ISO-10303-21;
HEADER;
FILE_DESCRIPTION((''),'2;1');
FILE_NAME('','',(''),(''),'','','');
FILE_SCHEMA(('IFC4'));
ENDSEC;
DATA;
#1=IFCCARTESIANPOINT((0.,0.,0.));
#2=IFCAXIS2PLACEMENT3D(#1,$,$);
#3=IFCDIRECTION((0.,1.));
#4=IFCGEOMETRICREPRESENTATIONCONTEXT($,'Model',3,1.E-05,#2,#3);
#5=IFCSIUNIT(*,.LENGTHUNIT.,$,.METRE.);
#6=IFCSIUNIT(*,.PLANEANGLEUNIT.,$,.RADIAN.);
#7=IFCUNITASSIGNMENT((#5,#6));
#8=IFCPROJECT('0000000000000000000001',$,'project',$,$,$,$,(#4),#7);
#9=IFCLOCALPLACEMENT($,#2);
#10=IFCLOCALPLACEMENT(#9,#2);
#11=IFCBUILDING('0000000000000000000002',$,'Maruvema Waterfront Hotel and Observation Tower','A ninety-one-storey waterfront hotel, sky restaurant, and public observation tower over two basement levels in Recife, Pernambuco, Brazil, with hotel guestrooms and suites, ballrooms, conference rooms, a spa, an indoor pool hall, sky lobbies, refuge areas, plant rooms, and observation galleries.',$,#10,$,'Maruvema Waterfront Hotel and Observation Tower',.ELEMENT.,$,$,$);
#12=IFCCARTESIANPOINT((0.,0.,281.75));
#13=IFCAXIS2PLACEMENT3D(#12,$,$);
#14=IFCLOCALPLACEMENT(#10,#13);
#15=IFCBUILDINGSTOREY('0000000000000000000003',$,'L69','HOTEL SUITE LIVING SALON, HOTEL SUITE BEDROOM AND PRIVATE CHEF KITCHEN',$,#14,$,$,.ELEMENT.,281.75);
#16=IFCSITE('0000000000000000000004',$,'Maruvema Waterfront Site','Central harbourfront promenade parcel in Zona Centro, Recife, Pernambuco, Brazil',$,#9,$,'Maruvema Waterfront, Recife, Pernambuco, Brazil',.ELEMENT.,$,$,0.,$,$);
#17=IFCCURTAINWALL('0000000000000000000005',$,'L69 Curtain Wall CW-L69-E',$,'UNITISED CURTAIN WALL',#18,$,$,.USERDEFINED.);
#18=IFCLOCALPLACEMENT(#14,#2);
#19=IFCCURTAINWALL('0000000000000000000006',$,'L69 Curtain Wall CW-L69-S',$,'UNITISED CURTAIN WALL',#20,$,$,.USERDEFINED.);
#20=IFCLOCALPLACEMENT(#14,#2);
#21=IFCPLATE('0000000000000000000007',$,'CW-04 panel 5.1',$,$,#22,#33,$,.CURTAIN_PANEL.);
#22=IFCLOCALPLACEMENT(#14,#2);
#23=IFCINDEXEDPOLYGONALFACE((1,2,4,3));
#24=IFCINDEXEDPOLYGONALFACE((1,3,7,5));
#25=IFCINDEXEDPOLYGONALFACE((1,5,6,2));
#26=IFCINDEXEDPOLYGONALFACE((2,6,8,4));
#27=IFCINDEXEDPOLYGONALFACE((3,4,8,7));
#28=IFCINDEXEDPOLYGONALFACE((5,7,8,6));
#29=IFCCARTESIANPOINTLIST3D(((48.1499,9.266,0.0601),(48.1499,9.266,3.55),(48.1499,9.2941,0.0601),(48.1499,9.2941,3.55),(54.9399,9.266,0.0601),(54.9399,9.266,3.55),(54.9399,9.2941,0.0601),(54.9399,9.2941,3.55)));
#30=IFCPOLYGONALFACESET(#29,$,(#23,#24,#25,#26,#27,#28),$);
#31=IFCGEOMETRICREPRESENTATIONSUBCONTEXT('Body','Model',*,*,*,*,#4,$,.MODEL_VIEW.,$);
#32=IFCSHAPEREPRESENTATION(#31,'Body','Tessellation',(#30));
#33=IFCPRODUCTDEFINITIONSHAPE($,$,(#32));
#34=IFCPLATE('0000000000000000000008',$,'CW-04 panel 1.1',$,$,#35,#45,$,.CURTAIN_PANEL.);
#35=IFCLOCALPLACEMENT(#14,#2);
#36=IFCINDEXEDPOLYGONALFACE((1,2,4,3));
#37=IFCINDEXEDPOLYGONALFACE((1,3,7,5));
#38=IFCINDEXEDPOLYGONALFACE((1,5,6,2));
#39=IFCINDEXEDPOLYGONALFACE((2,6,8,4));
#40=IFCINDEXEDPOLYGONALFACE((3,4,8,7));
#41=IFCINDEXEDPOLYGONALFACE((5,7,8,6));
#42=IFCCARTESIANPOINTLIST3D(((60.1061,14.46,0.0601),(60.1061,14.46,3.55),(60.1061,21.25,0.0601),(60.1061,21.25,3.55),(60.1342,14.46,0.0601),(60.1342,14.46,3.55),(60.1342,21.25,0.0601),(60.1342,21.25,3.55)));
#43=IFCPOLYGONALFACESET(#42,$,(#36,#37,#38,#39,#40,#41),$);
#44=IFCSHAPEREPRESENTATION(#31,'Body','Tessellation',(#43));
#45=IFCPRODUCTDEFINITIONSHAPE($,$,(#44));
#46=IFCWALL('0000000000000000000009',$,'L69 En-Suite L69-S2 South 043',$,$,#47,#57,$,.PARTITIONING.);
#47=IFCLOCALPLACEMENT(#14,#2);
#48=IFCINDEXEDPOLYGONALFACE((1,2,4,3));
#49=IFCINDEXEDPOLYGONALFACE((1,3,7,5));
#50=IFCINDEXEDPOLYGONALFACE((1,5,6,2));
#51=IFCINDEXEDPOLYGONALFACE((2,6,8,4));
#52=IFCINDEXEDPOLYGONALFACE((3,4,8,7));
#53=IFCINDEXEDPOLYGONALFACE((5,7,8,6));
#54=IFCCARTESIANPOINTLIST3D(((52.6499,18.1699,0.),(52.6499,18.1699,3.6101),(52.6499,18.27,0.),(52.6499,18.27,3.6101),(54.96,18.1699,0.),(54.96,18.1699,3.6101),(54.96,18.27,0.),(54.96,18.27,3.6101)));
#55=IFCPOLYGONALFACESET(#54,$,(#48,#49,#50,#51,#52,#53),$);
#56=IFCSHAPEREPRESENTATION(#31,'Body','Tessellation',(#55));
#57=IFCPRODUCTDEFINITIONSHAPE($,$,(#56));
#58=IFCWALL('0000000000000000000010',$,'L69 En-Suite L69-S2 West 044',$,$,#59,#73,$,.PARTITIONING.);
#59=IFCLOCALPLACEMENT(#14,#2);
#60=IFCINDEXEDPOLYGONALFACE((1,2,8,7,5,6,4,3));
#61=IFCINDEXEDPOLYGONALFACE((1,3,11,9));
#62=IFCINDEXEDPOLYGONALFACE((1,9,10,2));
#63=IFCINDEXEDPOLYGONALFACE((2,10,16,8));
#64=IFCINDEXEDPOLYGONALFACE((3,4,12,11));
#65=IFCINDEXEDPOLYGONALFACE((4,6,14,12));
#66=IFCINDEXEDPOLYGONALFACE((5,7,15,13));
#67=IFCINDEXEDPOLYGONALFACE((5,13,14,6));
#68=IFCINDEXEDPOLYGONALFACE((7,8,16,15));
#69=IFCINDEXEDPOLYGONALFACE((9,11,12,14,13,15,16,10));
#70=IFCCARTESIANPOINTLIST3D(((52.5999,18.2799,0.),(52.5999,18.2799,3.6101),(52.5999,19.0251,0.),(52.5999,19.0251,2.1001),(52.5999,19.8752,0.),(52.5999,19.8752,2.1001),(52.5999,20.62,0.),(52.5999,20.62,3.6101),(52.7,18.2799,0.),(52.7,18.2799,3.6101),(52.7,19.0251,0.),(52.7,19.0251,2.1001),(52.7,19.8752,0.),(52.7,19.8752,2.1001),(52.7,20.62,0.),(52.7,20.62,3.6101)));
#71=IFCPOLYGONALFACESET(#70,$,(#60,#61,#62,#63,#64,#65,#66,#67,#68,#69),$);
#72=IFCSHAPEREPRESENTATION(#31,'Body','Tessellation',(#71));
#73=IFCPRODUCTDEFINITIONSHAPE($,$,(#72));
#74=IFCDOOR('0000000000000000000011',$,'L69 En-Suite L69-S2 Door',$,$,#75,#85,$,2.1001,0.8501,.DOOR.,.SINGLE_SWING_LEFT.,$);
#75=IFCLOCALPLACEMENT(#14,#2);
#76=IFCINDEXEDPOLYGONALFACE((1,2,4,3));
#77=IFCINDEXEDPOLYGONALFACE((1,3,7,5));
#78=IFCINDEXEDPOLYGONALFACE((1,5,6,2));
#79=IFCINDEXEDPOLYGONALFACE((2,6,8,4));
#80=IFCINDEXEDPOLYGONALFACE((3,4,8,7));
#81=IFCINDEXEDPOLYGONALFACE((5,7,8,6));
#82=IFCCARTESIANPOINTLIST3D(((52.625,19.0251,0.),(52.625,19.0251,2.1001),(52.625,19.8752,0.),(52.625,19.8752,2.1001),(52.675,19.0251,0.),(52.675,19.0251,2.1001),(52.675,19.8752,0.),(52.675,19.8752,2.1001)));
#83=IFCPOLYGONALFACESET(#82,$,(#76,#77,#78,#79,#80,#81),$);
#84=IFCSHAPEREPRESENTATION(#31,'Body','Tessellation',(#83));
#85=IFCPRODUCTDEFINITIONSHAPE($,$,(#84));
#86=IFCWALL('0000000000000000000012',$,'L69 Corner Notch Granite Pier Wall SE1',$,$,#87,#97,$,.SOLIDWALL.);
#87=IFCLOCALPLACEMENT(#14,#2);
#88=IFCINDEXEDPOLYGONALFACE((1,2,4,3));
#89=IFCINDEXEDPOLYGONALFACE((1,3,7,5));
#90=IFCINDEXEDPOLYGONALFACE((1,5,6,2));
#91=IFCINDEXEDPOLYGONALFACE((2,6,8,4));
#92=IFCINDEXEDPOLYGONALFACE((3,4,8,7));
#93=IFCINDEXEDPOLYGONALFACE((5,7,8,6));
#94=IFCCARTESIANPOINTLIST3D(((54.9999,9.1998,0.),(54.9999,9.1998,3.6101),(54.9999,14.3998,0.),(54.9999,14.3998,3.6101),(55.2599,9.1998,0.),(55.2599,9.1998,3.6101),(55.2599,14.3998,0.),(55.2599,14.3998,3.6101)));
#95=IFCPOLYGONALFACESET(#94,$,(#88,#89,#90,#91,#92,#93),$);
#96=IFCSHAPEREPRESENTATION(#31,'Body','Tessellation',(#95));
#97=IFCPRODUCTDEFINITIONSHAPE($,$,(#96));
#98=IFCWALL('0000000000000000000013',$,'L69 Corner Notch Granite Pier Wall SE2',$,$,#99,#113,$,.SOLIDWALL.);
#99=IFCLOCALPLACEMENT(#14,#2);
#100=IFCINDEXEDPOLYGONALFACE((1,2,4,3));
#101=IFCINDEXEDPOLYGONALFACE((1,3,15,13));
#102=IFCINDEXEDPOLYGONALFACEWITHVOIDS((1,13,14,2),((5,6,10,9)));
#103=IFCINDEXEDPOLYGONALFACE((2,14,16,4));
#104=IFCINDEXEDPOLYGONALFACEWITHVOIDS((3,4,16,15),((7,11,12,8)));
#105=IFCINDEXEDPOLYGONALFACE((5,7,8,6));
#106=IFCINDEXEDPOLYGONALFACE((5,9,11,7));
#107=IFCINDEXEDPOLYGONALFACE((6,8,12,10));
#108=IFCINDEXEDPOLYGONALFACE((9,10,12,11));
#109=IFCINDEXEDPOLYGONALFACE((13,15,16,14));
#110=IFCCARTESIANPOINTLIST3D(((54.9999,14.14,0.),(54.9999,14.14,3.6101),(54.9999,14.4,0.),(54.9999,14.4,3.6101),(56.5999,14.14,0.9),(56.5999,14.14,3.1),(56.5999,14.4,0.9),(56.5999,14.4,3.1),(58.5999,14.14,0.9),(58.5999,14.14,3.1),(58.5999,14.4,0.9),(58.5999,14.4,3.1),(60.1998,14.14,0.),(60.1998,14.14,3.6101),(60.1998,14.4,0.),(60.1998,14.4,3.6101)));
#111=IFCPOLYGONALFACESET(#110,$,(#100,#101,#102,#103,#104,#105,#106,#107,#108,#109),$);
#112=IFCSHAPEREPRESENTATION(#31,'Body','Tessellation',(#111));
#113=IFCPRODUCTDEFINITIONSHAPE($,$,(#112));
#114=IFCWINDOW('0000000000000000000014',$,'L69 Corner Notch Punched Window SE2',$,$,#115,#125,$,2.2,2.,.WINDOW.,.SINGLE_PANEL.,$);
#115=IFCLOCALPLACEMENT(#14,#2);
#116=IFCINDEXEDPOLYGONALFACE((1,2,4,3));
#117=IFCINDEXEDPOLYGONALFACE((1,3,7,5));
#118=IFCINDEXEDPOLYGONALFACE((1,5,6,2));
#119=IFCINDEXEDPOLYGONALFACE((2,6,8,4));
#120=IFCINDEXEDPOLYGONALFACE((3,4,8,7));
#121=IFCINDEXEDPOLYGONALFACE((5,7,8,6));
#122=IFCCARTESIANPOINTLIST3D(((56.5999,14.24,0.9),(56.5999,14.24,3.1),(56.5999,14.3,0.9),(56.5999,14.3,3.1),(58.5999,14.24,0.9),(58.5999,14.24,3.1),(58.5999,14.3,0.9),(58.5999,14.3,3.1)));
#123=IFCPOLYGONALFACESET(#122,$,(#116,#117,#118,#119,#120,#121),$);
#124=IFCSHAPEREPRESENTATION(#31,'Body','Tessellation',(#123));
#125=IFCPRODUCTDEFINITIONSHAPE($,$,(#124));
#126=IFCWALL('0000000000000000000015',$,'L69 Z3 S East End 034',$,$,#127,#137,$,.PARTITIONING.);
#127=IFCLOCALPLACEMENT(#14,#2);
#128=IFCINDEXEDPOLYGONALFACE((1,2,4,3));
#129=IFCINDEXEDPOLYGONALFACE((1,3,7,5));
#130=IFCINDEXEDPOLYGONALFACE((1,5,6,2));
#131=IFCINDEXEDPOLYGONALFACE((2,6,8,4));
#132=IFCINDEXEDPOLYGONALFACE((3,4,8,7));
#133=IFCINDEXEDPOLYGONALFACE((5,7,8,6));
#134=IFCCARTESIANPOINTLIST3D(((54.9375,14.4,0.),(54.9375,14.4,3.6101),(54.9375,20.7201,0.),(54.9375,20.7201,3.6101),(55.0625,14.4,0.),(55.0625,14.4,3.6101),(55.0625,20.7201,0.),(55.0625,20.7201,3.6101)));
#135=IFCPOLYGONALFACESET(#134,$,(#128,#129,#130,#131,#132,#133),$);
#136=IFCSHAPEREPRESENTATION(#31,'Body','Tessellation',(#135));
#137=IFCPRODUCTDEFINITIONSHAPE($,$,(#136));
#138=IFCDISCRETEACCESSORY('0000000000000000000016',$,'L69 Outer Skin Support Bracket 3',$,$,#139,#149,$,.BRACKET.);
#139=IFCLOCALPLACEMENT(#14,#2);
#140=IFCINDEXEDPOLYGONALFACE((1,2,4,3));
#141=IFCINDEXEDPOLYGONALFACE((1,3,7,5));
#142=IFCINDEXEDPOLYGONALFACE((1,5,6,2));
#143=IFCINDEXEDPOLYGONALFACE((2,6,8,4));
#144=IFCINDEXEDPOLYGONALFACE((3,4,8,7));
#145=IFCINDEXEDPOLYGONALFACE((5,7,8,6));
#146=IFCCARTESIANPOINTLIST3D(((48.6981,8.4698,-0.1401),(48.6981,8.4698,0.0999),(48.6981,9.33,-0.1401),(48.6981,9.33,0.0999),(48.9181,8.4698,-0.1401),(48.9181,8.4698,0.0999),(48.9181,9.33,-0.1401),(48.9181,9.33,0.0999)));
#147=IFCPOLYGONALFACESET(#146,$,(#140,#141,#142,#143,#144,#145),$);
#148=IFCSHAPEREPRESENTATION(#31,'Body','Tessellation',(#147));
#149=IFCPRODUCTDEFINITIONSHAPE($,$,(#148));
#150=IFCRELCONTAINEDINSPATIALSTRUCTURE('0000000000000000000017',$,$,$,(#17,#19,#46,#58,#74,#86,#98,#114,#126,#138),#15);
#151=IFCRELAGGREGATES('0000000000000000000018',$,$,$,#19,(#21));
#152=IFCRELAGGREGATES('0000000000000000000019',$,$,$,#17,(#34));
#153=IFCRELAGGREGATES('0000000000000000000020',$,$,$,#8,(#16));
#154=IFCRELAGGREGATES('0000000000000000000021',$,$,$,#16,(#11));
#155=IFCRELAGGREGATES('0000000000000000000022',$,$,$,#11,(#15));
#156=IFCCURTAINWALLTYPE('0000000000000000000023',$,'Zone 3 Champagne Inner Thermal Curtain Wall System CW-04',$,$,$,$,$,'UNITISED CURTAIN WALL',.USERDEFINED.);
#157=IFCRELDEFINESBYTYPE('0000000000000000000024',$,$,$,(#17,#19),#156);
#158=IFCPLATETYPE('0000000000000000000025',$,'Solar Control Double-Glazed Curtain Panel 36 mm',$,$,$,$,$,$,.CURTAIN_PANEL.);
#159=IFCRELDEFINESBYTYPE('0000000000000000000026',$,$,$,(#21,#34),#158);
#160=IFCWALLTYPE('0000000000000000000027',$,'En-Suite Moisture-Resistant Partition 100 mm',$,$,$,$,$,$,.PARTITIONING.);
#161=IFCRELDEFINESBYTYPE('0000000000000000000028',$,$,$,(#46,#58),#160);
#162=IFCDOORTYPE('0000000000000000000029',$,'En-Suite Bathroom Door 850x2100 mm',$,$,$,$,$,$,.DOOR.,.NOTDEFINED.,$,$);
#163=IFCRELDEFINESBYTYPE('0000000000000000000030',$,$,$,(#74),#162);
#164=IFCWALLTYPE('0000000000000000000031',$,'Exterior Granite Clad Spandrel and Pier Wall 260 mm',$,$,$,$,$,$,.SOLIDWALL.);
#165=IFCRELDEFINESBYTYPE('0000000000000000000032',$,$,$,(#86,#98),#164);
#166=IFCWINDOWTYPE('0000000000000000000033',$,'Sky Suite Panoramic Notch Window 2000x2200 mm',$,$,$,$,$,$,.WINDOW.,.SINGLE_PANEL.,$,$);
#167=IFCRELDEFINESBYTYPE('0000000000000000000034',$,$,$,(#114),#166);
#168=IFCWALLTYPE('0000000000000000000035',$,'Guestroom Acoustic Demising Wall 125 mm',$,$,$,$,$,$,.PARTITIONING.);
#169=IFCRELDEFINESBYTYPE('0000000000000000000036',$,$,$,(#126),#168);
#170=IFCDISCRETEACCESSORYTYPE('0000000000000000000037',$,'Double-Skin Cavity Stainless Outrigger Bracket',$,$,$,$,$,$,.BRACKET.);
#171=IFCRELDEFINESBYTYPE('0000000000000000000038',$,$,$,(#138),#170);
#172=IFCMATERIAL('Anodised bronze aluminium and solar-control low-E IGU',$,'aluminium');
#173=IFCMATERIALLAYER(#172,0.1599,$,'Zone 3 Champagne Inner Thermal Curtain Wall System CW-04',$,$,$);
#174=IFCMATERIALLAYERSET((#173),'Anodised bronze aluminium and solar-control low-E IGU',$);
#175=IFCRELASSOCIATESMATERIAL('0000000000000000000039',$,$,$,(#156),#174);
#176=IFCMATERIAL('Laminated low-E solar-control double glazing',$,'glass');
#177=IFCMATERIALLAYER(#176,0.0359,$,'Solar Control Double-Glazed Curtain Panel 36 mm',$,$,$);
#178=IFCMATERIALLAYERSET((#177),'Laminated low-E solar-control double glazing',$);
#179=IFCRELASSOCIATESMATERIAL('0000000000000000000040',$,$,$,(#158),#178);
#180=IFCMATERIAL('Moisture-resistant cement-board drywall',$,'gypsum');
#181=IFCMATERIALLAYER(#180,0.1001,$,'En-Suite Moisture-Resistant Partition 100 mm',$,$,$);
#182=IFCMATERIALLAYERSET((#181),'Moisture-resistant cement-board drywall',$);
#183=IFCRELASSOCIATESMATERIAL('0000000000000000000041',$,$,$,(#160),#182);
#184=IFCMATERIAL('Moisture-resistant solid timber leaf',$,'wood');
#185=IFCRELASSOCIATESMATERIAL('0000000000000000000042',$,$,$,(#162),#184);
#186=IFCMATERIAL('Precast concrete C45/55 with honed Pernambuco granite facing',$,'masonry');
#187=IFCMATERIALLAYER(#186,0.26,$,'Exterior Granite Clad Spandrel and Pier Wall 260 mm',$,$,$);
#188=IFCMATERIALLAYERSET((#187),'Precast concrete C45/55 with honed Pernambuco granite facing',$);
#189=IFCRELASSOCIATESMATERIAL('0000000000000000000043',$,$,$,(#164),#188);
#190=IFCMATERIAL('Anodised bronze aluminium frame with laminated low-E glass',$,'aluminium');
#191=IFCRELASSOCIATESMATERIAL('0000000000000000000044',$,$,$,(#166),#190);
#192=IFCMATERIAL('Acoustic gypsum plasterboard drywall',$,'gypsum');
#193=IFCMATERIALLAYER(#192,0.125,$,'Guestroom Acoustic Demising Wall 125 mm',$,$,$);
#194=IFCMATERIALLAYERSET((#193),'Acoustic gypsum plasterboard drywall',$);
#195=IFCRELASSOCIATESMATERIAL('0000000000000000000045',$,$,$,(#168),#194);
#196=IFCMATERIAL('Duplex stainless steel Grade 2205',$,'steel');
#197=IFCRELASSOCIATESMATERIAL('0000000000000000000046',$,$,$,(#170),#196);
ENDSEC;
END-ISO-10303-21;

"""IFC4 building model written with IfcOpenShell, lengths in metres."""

from ifc_helpers import new_model, si_unit, direction, frame, frame_2d, origin, origin_2d, place, context, subcontext, project, spatial, rectangle, extrude, material, layer, layer_set, type_object, element, fill, aggregate, save


model = new_model("IFC4")

# Units and contexts
model_context = context("Model", 3, precision=1e-05, world=origin(), true_north=direction((0.0, 1.0)))
body_context = subcontext(model_context, "Body", "Model", "MODEL_VIEW")
ifc_project = project(units=[si_unit("LENGTHUNIT", "METRE"), si_unit("PLANEANGLEUNIT", "RADIAN")], contexts=[model_context])

# Site, building, storey
site_placement = place(None, origin())
site = spatial("IfcSite", under=ifc_project, at=site_placement, Name="Maruvema Waterfront Site", Description="Central harbourfront promenade parcel in Zona Centro, Recife, Pernambuco, Brazil", LongName="Maruvema Waterfront, Recife, Pernambuco, Brazil", CompositionType="ELEMENT", RefElevation=0.0)
building_placement = place(site_placement, origin())
building = spatial("IfcBuilding", under=site, at=building_placement, Name="Maruvema Waterfront Hotel and Observation Tower", Description="A ninety-one-storey waterfront hotel, sky restaurant, and public observation tower over two basement levels in Recife, Pernambuco, Brazil, with hotel guestrooms and suites, ballrooms, conference rooms, a spa, an indoor pool hall, sky lobbies, refuge areas, plant rooms, and observation galleries.", LongName="Maruvema Waterfront Hotel and Observation Tower", CompositionType="ELEMENT")
storey_placement = place(building_placement, frame((0.0, 0.0, 281.75)))
storey = spatial("IfcBuildingStorey", under=building, at=storey_placement, Name="L69", Description="HOTEL SUITE LIVING SALON, HOTEL SUITE BEDROOM AND PRIVATE CHEF KITCHEN", CompositionType="ELEMENT", Elevation=281.75)

# Curtain wall
ifc_material_1 = material(Name="Anodised bronze aluminium and solar-control low-E IGU", Category="aluminium")
ifc_layer_1 = layer(ifc_material_1, 0.1599, Name="Zone 3 Champagne Inner Thermal Curtain Wall System CW-04")
ifc_layer_set_1 = layer_set([ifc_layer_1], Name="Anodised bronze aluminium and solar-control low-E IGU")
curtain_wall_type = type_object("IfcCurtainWallType", Name="Zone 3 Champagne Inner Thermal Curtain Wall System CW-04", ElementType="UNITISED CURTAIN WALL", PredefinedType="USERDEFINED", material=ifc_layer_set_1)
curtain_wall_1_placement = place(storey_placement, origin())
curtain_wall_1 = element("IfcCurtainWall", 1, at=curtain_wall_1_placement, inside=storey, type_object=curtain_wall_type, Name="L69 Curtain Wall CW-L69-E", ObjectType="UNITISED CURTAIN WALL", PredefinedType="USERDEFINED")

# Curtain wall
curtain_wall_2_placement = place(storey_placement, origin())
curtain_wall_2 = element("IfcCurtainWall", 2, at=curtain_wall_2_placement, inside=storey, type_object=curtain_wall_type, Name="L69 Curtain Wall CW-L69-S", ObjectType="UNITISED CURTAIN WALL", PredefinedType="USERDEFINED")

# Plates
ifc_material_2 = material(Name="Laminated low-E solar-control double glazing", Category="glass")
ifc_layer_2 = layer(ifc_material_2, 0.0359, Name="Solar Control Double-Glazed Curtain Panel 36 mm")
ifc_layer_set_2 = layer_set([ifc_layer_2], Name="Laminated low-E solar-control double glazing")
plate_type = type_object("IfcPlateType", Name="Solar Control Double-Glazed Curtain Panel 36 mm", PredefinedType="CURTAIN_PANEL", material=ifc_layer_set_2)
plate_1_placement = place(storey_placement, frame((51.5449, 9.28, 0.0601), z_axis=(0.0, 0.0, 1.0), x_axis=(1.0, 0.0, 0.0)))
plate_1 = element("IfcPlate", 3, at=plate_1_placement, type_object=plate_type, Name="CW-04 panel 5.1", PredefinedType="CURTAIN_PANEL", context=body_context, shape_type="SweptSolid", body=[
    extrude(rectangle(XDim=6.79, YDim=0.0281, at=origin_2d()), origin(), (0.0, 0.0, 1.0), 3.49),
])
aggregate(curtain_wall_2, [plate_1])
plate_2_placement = place(storey_placement, frame((60.1201, 17.855, 0.0601), z_axis=(0.0, 0.0, 1.0), x_axis=(0.0, 1.0, 0.0)))
plate_2 = element("IfcPlate", 4, at=plate_2_placement, type_object=plate_type, Name="CW-04 panel 1.1", PredefinedType="CURTAIN_PANEL", context=body_context, shape_type="SweptSolid", body=[
    extrude(rectangle(XDim=6.79, YDim=0.0281, at=origin_2d()), origin(), (0.0, 0.0, 1.0), 3.49),
])
aggregate(curtain_wall_1, [plate_2])

# Wall
ifc_material_3 = material(Name="Moisture-resistant cement-board drywall", Category="gypsum")
ifc_layer_3 = layer(ifc_material_3, 0.1001, Name="En-Suite Moisture-Resistant Partition 100 mm")
ifc_layer_set_3 = layer_set([ifc_layer_3], Name="Moisture-resistant cement-board drywall")
wall_type_1 = type_object("IfcWallType", Name="En-Suite Moisture-Resistant Partition 100 mm", PredefinedType="PARTITIONING", material=ifc_layer_set_3)
wall_1_placement = place(storey_placement, frame((52.6499, 18.22, 0.0), z_axis=(0.0, 0.0, 1.0), x_axis=(1.0, 0.0, 0.0)))
element("IfcWall", 5, at=wall_1_placement, inside=storey, type_object=wall_type_1, Name="L69 En-Suite L69-S2 South 043", PredefinedType="PARTITIONING", context=body_context, shape_type="SweptSolid", body=[
    extrude(rectangle(XDim=2.3101, YDim=0.1001, at=frame_2d((1.155, 0.0))), origin(), (0.0, 0.0, 1.0), 3.6101),
])

# Wall, opening, door
wall_2_placement = place(storey_placement, frame((52.6499, 18.28, 0.0), z_axis=(0.0, 0.0, 1.0), x_axis=(0.0, 1.0, 0.0)))
wall_2 = element("IfcWall", 6, at=wall_2_placement, inside=storey, type_object=wall_type_1, Name="L69 En-Suite L69-S2 West 044", PredefinedType="PARTITIONING", context=body_context, shape_type="SweptSolid", body=[
    extrude(rectangle(XDim=2.3401, YDim=0.1001, at=frame_2d((1.1699, 0.0))), origin(), (0.0, 0.0, 1.0), 3.6101),
])
opening_1_placement = place(wall_2_placement, frame((0.7451, 0.0, 0.0)))
opening_1 = element("IfcOpeningElement", 7, at=opening_1_placement, cuts=wall_2, PredefinedType="OPENING", context=body_context, shape_type="SweptSolid", body=[
    extrude(rectangle(XDim=0.8501, YDim=2.1001, at=frame_2d((0.425, 1.05))), frame((0.0, 0.0601, 0.0), z_axis=(0.0, -1.0, 0.0), x_axis=(1.0, 0.0, 0.0)), (0.0, 0.0, 1.0), 0.1201),
])
ifc_material_4 = material(Name="Moisture-resistant solid timber leaf", Category="wood")
door_type = type_object("IfcDoorType", Name="En-Suite Bathroom Door 850x2100 mm", OperationType="NOTDEFINED", PredefinedType="DOOR", material=ifc_material_4)
door_placement = place(opening_1_placement, origin())
door = element("IfcDoor", 8, at=door_placement, inside=storey, type_object=door_type, Name="L69 En-Suite L69-S2 Door", OperationType="SINGLE_SWING_LEFT", OverallHeight=2.1001, OverallWidth=0.8501, PredefinedType="DOOR", context=body_context, shape_type="SweptSolid", body=[
    extrude(rectangle(XDim=0.8501, YDim=2.1001, at=frame_2d((0.425, 1.05))), frame((0.0, 0.0249, 0.0), z_axis=(0.0, -1.0, 0.0), x_axis=(1.0, 0.0, 0.0)), (0.0, 0.0, 1.0), 0.05),
])
fill(opening_1, door)

# Wall
ifc_material_5 = material(Name="Precast concrete C45/55 with honed Pernambuco granite facing", Category="masonry")
ifc_layer_4 = layer(ifc_material_5, 0.26, Name="Exterior Granite Clad Spandrel and Pier Wall 260 mm")
ifc_layer_set_4 = layer_set([ifc_layer_4], Name="Precast concrete C45/55 with honed Pernambuco granite facing")
wall_type_2 = type_object("IfcWallType", Name="Exterior Granite Clad Spandrel and Pier Wall 260 mm", PredefinedType="SOLIDWALL", material=ifc_layer_set_4)
wall_3_placement = place(storey_placement, frame((55.1299, 14.3999, 0.0), z_axis=(0.0, 0.0, 1.0), x_axis=(0.0, -1.0, 0.0)))
element("IfcWall", 9, at=wall_3_placement, inside=storey, type_object=wall_type_2, Name="L69 Corner Notch Granite Pier Wall SE1", PredefinedType="SOLIDWALL", context=body_context, shape_type="SweptSolid", body=[
    extrude(rectangle(XDim=5.2, YDim=0.26, at=frame_2d((2.6001, 0.0))), origin(), (0.0, 0.0, 1.0), 3.6101),
])

# Wall, opening, window
wall_4_placement = place(storey_placement, frame((60.2, 14.27, 0.0), z_axis=(0.0, 0.0, 1.0), x_axis=(-1.0, 0.0, 0.0)))
wall_4 = element("IfcWall", 10, at=wall_4_placement, inside=storey, type_object=wall_type_2, Name="L69 Corner Notch Granite Pier Wall SE2", PredefinedType="SOLIDWALL", context=body_context, shape_type="SweptSolid", body=[
    extrude(rectangle(XDim=5.2, YDim=0.26, at=frame_2d((2.6001, 0.0))), origin(), (0.0, 0.0, 1.0), 3.6101),
])
opening_2_placement = place(wall_4_placement, frame((1.6001, 0.0, 0.8999)))
opening_2 = element("IfcOpeningElement", 11, at=opening_2_placement, cuts=wall_4, PredefinedType="OPENING", context=body_context, shape_type="SweptSolid", body=[
    extrude(rectangle(XDim=2.0, YDim=2.2, at=frame_2d((1.0, 1.1001))), frame((0.0, 0.1401, 0.0), z_axis=(0.0, -1.0, 0.0), x_axis=(1.0, 0.0, 0.0)), (0.0, 0.0, 1.0), 0.28),
])
ifc_material_6 = material(Name="Anodised bronze aluminium frame with laminated low-E glass", Category="aluminium")
window_type = type_object("IfcWindowType", Name="Sky Suite Panoramic Notch Window 2000x2200 mm", PartitioningType="SINGLE_PANEL", PredefinedType="WINDOW", material=ifc_material_6)
window_placement = place(opening_2_placement, origin())
window = element("IfcWindow", 12, at=window_placement, inside=storey, type_object=window_type, Name="L69 Corner Notch Punched Window SE2", OverallHeight=2.2, OverallWidth=2.0, PartitioningType="SINGLE_PANEL", PredefinedType="WINDOW", context=body_context, shape_type="SweptSolid", body=[
    extrude(rectangle(XDim=2.0, YDim=2.2, at=frame_2d((1.0, 1.1001))), frame((0.0, 0.03, 0.0), z_axis=(0.0, -1.0, 0.0), x_axis=(1.0, 0.0, 0.0)), (0.0, 0.0, 1.0), 0.0601),
])
fill(opening_2, window)

# Wall
ifc_material_7 = material(Name="Acoustic gypsum plasterboard drywall", Category="gypsum")
ifc_layer_5 = layer(ifc_material_7, 0.125, Name="Guestroom Acoustic Demising Wall 125 mm")
ifc_layer_set_5 = layer_set([ifc_layer_5], Name="Acoustic gypsum plasterboard drywall")
wall_type_3 = type_object("IfcWallType", Name="Guestroom Acoustic Demising Wall 125 mm", PredefinedType="PARTITIONING", material=ifc_layer_set_5)
wall_5_placement = place(storey_placement, frame((55.0, 14.3999, 0.0), z_axis=(0.0, 0.0, 1.0), x_axis=(0.0, 1.0, 0.0)))
element("IfcWall", 13, at=wall_5_placement, inside=storey, type_object=wall_type_3, Name="L69 Z3 S East End 034", PredefinedType="PARTITIONING", context=body_context, shape_type="SweptSolid", body=[
    extrude(rectangle(XDim=6.3201, YDim=0.125, at=frame_2d((3.1602, 0.0))), origin(), (0.0, 0.0, 1.0), 3.6101),
])

# Discrete accessory
ifc_material_8 = material(Name="Duplex stainless steel Grade 2205", Category="steel")
discrete_accessory_type = type_object("IfcDiscreteAccessoryType", Name="Double-Skin Cavity Stainless Outrigger Bracket", PredefinedType="BRACKET", material=ifc_material_8)
discrete_accessory_placement = place(storey_placement, frame((48.8081, 8.8999, -0.1401), z_axis=(0.0, 0.0, 1.0), x_axis=(1.0, 0.0, 0.0)))
element("IfcDiscreteAccessory", 14, at=discrete_accessory_placement, inside=storey, type_object=discrete_accessory_type, Name="L69 Outer Skin Support Bracket 3", PredefinedType="BRACKET", context=body_context, shape_type="SweptSolid", body=[
    extrude(rectangle(XDim=0.22, YDim=0.8601, at=origin_2d()), origin(), (0.0, 0.0, 1.0), 0.24),
])

save(model, "model.ifc")
